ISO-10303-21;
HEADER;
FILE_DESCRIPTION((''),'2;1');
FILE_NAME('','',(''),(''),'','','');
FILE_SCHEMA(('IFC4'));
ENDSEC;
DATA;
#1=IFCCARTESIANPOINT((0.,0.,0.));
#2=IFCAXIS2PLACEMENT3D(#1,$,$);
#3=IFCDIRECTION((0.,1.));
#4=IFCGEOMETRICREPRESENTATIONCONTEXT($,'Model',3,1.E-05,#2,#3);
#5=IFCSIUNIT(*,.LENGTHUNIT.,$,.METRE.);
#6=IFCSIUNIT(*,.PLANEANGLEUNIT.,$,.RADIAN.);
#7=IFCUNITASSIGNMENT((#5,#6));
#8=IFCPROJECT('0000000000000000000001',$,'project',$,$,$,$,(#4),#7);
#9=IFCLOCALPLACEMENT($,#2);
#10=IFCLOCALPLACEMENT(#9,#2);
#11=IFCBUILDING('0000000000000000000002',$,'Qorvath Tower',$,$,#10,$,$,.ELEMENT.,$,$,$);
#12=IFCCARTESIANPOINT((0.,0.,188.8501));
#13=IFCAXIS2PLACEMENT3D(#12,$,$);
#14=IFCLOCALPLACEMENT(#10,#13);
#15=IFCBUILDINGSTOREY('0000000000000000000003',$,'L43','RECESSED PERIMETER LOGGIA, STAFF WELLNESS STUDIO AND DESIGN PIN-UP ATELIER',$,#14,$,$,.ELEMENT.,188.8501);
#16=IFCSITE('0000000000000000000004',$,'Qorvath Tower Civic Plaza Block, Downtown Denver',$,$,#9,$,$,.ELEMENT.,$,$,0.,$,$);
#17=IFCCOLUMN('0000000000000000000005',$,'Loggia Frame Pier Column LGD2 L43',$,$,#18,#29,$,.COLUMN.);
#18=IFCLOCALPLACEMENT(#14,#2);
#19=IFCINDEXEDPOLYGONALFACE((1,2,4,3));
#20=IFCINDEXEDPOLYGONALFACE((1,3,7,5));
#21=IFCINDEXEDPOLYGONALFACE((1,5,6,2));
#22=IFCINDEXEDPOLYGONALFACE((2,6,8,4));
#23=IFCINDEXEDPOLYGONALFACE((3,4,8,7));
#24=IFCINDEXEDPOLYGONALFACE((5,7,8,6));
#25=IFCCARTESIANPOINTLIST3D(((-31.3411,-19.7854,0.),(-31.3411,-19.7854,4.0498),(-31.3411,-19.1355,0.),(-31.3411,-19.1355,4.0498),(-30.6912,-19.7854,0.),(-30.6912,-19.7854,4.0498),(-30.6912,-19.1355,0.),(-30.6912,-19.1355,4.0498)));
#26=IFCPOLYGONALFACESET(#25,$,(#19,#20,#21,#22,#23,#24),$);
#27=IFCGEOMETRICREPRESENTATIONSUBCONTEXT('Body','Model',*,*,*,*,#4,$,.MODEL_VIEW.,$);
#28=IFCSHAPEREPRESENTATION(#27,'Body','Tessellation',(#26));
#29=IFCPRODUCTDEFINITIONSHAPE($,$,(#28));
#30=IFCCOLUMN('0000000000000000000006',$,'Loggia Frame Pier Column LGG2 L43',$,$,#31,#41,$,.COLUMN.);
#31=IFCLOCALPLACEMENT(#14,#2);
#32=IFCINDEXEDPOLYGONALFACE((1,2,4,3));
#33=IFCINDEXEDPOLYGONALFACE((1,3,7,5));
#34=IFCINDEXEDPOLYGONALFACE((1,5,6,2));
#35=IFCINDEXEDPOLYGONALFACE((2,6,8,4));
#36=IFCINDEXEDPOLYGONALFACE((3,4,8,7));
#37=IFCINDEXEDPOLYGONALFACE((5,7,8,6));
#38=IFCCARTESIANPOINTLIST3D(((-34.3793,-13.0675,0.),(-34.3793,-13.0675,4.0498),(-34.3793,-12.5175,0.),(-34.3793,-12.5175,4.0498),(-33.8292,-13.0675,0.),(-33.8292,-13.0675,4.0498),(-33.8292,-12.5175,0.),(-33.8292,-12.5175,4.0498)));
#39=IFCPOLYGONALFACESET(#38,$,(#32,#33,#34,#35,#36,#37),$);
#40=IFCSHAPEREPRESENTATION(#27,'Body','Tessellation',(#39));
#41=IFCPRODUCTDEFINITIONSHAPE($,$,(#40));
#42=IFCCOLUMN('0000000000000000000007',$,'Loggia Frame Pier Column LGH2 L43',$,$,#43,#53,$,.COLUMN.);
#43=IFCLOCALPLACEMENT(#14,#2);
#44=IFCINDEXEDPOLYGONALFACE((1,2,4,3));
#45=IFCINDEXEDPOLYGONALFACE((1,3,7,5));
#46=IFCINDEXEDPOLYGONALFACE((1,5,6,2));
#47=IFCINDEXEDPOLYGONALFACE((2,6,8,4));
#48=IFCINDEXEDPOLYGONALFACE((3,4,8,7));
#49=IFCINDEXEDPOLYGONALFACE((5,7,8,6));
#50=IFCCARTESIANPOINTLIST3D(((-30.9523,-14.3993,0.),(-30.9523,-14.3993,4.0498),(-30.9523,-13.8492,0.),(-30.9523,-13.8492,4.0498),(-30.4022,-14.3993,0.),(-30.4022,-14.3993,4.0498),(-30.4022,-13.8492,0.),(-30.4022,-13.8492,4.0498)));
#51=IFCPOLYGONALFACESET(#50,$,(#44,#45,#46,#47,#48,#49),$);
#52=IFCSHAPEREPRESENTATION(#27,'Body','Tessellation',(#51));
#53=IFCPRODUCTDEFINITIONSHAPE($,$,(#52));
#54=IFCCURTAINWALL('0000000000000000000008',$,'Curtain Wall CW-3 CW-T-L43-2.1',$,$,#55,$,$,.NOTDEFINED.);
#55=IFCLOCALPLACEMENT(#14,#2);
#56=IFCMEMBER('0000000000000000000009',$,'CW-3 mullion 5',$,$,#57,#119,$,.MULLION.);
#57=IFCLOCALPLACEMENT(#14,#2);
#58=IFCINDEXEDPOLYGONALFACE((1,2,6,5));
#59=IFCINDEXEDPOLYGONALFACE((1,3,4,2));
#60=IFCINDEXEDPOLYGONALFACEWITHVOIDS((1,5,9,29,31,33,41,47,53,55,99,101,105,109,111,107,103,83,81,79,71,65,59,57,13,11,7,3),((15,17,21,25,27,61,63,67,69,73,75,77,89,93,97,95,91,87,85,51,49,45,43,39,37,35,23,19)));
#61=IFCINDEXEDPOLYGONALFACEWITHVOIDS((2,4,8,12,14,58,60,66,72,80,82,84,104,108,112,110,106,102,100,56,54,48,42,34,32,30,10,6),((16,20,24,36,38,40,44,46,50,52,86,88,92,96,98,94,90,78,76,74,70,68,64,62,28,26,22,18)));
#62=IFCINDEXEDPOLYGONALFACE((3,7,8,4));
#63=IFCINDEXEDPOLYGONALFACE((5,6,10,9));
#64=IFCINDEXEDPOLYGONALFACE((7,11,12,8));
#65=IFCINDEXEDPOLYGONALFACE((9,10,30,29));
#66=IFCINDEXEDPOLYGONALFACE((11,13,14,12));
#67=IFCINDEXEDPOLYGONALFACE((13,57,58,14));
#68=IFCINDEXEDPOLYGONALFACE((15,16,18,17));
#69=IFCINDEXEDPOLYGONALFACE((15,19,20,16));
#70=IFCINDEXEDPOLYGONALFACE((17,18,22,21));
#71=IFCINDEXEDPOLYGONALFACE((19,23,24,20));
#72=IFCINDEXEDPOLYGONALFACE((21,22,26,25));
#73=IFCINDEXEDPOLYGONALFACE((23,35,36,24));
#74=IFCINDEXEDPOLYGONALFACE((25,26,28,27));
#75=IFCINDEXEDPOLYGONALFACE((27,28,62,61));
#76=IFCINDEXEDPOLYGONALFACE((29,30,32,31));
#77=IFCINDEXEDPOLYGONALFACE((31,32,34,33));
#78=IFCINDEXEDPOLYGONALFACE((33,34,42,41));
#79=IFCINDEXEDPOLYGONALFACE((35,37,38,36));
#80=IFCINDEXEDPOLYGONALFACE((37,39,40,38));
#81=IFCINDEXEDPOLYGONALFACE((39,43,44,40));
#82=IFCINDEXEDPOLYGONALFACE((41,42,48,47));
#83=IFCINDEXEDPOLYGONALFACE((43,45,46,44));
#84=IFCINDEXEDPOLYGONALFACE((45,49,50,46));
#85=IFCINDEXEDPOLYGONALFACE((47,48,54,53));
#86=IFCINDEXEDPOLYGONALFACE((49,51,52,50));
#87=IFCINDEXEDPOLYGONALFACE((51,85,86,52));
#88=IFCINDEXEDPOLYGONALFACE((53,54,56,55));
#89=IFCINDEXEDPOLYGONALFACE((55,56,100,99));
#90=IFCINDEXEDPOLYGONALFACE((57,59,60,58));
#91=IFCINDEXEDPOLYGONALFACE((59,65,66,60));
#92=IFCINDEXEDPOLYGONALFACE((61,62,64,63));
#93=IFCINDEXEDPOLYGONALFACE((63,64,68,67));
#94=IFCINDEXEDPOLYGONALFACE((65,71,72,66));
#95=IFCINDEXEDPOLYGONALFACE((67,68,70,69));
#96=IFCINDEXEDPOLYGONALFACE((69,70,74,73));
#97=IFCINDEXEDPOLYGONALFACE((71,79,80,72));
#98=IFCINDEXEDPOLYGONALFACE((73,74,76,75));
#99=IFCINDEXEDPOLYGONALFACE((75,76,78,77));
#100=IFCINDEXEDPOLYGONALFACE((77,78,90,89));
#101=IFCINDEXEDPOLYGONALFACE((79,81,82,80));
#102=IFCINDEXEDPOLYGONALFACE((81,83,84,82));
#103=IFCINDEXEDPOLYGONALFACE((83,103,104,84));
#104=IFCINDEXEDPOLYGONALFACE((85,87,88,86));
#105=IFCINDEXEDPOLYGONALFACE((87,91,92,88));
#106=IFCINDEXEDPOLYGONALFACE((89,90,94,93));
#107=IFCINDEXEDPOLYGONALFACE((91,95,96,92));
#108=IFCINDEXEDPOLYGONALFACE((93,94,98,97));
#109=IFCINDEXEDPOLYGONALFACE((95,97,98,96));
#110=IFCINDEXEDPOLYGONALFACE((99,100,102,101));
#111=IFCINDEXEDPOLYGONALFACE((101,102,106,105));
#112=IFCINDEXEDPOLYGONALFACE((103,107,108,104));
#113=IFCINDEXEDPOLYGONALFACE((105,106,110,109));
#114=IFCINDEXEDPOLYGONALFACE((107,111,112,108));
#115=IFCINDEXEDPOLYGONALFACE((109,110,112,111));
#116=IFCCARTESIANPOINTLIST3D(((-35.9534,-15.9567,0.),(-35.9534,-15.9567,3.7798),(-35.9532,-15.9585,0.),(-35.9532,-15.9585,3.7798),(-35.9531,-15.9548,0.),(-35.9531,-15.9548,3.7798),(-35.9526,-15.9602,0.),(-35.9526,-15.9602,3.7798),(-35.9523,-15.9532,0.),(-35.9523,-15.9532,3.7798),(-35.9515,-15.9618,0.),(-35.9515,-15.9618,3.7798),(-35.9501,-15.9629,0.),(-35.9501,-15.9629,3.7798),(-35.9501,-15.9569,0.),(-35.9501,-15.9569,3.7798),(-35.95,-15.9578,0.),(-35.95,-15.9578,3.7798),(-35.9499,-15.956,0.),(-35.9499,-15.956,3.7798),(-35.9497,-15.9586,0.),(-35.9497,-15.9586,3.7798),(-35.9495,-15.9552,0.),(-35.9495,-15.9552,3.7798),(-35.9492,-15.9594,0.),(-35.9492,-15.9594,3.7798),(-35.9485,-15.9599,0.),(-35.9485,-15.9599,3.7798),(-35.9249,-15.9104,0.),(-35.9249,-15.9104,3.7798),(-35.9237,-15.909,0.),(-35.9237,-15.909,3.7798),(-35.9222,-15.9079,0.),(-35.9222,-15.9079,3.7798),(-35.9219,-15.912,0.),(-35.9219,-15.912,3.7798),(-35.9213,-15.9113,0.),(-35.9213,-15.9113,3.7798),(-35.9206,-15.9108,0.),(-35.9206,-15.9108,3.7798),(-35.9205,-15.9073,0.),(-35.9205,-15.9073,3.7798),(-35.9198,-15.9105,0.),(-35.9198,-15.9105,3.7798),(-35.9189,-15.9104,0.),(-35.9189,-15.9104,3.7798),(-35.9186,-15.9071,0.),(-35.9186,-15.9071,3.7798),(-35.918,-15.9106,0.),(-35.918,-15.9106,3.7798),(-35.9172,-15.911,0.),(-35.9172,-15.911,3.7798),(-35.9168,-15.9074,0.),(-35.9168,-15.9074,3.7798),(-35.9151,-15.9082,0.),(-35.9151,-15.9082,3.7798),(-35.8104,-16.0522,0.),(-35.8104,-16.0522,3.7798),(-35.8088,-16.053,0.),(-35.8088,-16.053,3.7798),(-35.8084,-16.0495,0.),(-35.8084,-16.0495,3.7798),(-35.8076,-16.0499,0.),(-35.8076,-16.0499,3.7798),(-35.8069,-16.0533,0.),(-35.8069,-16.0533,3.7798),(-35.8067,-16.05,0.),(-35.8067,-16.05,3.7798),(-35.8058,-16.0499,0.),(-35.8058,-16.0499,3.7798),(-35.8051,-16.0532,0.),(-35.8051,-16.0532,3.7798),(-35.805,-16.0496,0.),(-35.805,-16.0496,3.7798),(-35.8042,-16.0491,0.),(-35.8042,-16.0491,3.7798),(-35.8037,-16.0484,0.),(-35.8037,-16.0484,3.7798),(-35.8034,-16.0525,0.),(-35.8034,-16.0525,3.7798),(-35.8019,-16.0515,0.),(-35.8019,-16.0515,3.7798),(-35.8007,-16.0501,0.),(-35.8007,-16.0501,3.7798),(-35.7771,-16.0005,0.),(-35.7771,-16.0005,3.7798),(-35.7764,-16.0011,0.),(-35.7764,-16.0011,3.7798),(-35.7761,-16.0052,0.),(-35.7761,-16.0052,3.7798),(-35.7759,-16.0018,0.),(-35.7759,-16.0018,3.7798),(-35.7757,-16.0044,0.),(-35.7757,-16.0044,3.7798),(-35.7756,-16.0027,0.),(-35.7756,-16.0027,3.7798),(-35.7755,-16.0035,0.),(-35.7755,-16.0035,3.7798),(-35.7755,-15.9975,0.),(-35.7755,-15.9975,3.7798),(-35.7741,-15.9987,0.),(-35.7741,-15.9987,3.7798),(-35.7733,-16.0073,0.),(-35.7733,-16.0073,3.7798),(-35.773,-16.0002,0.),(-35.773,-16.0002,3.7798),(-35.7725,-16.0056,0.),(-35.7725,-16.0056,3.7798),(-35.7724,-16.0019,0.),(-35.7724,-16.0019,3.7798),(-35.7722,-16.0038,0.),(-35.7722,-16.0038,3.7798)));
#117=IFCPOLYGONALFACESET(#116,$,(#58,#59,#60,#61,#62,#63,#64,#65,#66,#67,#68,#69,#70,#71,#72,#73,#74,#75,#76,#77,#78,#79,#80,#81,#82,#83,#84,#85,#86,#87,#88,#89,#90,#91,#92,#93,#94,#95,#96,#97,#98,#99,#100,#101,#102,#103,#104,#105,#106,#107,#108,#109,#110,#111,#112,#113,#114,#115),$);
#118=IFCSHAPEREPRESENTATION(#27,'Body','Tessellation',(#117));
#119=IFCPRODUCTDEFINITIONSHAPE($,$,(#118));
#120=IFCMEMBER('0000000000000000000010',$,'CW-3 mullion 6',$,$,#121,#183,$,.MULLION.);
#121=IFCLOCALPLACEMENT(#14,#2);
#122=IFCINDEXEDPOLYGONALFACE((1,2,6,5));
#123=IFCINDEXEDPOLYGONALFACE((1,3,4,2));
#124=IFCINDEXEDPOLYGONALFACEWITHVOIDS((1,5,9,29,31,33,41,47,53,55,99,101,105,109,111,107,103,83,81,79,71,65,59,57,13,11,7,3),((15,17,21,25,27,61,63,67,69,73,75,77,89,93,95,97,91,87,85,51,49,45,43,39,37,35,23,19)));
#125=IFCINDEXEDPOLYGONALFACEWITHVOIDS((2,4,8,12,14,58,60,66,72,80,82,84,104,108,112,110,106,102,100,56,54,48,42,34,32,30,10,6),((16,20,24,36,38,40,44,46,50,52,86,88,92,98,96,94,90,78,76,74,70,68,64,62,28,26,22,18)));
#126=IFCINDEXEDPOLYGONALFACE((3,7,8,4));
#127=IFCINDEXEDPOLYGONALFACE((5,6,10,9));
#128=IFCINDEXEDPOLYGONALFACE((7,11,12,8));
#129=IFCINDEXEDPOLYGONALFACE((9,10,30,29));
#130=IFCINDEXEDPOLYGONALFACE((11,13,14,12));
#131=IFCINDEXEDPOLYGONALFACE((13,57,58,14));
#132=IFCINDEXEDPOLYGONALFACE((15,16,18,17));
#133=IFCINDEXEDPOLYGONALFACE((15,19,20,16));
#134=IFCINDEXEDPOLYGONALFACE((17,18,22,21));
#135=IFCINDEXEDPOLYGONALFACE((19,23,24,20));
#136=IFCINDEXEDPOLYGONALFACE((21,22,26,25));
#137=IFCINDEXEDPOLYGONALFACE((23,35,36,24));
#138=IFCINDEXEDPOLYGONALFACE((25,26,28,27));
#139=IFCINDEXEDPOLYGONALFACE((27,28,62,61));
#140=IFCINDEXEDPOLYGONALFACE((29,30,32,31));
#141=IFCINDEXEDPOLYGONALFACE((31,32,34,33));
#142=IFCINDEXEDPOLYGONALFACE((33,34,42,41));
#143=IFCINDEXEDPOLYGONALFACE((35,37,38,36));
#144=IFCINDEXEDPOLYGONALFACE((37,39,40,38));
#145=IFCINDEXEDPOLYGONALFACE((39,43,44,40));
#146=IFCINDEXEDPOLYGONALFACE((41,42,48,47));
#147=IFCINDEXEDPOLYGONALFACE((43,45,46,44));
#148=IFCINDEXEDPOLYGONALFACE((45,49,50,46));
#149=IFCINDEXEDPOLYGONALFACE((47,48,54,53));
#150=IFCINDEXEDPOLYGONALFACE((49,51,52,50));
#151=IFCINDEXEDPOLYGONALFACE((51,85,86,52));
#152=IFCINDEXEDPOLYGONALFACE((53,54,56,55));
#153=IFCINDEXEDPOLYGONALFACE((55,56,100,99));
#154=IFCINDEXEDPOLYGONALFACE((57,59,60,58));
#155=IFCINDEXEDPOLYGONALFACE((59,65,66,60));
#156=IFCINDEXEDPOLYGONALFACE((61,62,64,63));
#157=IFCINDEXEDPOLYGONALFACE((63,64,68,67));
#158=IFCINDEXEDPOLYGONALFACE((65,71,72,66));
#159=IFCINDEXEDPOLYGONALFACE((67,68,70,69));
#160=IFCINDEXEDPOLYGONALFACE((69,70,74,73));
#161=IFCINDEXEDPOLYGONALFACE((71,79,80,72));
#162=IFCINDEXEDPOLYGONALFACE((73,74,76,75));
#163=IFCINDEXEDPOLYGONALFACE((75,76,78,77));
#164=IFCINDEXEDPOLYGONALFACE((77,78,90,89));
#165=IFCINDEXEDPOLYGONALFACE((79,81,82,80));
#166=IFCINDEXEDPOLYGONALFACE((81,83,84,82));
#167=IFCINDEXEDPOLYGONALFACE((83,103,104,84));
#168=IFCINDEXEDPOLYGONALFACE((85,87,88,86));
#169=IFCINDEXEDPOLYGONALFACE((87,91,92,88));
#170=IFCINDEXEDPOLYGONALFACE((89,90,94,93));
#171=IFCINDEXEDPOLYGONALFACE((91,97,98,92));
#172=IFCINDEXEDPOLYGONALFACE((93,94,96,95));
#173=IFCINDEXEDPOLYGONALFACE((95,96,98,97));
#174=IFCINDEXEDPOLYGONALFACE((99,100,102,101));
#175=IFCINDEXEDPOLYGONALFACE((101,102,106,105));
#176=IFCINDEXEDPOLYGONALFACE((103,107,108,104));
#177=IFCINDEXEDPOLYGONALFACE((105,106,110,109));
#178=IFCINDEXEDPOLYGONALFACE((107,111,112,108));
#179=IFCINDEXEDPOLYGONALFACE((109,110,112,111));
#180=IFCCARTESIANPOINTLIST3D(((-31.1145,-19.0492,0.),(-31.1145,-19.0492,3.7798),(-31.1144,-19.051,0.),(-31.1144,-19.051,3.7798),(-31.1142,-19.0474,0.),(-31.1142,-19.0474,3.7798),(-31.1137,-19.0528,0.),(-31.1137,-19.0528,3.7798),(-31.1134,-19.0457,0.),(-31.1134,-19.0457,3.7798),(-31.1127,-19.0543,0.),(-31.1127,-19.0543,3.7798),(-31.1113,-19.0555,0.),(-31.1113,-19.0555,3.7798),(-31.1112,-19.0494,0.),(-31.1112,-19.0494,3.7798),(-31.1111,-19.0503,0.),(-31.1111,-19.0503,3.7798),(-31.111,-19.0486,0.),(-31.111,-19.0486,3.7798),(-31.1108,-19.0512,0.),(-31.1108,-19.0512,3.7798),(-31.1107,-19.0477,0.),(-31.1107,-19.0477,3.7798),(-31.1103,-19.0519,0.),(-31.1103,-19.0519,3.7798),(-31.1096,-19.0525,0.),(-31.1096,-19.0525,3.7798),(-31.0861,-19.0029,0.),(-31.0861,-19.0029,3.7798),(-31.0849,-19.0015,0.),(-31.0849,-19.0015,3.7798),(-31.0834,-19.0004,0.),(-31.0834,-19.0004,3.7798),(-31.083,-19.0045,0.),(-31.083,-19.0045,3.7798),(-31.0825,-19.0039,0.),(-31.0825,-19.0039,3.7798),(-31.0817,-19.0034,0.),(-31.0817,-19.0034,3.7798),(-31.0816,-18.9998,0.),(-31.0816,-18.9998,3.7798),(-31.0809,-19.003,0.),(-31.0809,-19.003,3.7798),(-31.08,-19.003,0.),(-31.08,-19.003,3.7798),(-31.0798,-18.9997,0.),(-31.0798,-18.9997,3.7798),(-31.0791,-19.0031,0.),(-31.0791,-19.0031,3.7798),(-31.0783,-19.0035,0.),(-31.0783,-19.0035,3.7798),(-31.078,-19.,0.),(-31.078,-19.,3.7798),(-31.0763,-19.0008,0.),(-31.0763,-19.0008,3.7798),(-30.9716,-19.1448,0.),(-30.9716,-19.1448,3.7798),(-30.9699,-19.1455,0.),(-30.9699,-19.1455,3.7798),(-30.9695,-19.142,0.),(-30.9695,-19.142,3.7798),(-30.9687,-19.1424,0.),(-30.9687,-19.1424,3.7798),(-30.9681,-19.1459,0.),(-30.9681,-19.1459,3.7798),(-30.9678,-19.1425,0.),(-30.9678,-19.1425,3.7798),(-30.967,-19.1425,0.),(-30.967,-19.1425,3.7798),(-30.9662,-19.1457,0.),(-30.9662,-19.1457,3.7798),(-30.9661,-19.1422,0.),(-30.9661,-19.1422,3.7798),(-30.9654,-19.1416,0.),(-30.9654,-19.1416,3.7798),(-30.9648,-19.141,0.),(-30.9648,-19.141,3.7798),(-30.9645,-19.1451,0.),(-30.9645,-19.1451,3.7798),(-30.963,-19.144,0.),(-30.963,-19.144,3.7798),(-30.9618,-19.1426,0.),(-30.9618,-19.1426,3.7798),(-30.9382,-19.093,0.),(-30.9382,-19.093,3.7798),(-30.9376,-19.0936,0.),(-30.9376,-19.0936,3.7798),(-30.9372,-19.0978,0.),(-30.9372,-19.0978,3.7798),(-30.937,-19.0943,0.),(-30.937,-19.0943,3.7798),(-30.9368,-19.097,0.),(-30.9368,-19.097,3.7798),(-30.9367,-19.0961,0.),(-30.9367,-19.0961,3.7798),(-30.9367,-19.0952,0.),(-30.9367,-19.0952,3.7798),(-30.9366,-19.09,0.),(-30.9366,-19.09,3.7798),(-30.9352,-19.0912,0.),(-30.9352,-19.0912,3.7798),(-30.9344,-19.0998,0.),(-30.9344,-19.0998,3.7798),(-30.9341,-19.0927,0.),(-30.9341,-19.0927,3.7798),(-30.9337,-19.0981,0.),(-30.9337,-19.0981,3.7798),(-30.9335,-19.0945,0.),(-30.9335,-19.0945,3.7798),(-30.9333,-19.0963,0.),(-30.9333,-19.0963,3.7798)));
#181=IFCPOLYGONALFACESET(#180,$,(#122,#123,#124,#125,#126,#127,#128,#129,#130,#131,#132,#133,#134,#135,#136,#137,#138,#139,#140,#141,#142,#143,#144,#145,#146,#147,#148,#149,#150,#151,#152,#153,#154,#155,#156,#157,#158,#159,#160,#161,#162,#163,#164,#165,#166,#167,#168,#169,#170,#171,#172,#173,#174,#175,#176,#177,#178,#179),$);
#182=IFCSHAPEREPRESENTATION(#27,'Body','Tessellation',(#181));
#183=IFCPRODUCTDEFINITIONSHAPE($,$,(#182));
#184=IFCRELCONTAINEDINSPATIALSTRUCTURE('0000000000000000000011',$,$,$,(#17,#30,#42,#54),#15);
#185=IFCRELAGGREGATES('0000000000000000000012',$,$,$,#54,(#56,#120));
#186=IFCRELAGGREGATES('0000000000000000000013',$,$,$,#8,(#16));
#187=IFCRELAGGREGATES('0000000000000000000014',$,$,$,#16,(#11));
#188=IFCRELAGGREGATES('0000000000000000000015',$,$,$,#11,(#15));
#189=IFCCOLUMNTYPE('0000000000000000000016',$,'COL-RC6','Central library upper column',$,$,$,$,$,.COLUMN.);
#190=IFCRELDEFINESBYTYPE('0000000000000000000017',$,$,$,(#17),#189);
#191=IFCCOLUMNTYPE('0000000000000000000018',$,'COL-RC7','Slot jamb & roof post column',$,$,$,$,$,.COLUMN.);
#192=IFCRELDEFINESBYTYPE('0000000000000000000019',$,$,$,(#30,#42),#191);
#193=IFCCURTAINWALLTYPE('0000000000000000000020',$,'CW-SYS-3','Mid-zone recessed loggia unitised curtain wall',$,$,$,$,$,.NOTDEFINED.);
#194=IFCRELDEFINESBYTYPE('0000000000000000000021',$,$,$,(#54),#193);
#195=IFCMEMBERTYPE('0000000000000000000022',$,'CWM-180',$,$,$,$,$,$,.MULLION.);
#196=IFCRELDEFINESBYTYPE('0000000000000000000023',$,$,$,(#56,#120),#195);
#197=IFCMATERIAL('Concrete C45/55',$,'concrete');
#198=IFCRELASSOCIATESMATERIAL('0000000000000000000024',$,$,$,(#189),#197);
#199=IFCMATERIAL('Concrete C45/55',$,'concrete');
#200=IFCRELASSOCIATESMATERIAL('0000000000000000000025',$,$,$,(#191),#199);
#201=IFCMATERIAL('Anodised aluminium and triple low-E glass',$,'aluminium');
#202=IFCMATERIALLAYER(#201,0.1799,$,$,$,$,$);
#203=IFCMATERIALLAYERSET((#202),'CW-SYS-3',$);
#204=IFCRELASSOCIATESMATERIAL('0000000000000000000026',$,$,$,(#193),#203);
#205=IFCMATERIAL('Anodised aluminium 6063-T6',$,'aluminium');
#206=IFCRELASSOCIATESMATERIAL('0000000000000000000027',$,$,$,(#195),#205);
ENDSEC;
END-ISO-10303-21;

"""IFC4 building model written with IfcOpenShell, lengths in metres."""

from ifc_helpers import new_model, si_unit, direction, frame, origin, origin_2d, place, context, subcontext, project, spatial, rectangle, hollow_rectangle, extrude, material, layer, layer_set, material_profile, profile_set, type_object, element, aggregate, save


model = new_model("IFC4")

# Units and contexts
model_context = context("Model", 3, precision=1e-05, world=origin(), true_north=direction((0.0, 1.0)))
body_context = subcontext(model_context, "Body", "Model", "MODEL_VIEW")
ifc_project = project(units=[si_unit("LENGTHUNIT", "METRE"), si_unit("PLANEANGLEUNIT", "RADIAN")], contexts=[model_context])

# Site, building, storey
site_placement = place(None, origin())
site = spatial("IfcSite", under=ifc_project, at=site_placement, Name="Qorvath Tower Civic Plaza Block, Downtown Denver", CompositionType="ELEMENT", RefElevation=0.0)
building_placement = place(site_placement, origin())
building = spatial("IfcBuilding", under=site, at=building_placement, Name="Qorvath Tower", CompositionType="ELEMENT")
storey_placement = place(building_placement, frame((0.0, 0.0, 188.8501)))
storey = spatial("IfcBuildingStorey", under=building, at=storey_placement, Name="L43", Description="RECESSED PERIMETER LOGGIA, STAFF WELLNESS STUDIO AND DESIGN PIN-UP ATELIER", CompositionType="ELEMENT", Elevation=188.8501)

# Columns
ifc_material_1 = material(Name="Concrete C45/55", Category="concrete")
ifc_material_profile_1 = material_profile(ifc_material_1, rectangle(XDim=0.6499, YDim=0.6499, at=origin_2d()), Name="RC 650x650")
ifc_profile_set_1 = profile_set([ifc_material_profile_1], Name="Concrete C45/55")
column_type_1 = type_object("IfcColumnType", Name="COL-RC6", Description="Central library upper column", PredefinedType="COLUMN", material=ifc_profile_set_1)
column_placement = place(storey_placement, frame((-31.0161, -19.4604, 0.0), z_axis=(0.0, 0.0, 1.0), x_axis=(1.0, 0.0, 0.0)))
element("IfcColumn", 1, at=column_placement, inside=storey, type_object=column_type_1, Name="Loggia Frame Pier Column LGD2 L43", PredefinedType="COLUMN", context=body_context, shape_type="SweptSolid", body=[
    extrude(rectangle(XDim=0.6499, YDim=0.6499, at=origin_2d()), origin(), (0.0, 0.0, 1.0), 4.0498),
])
ifc_material_2 = material(Name="Concrete C45/55", Category="concrete")
ifc_material_profile_2 = material_profile(ifc_material_2, rectangle(XDim=0.55, YDim=0.55, at=origin_2d()), Name="RC 550x550")
ifc_profile_set_2 = profile_set([ifc_material_profile_2], Name="Concrete C45/55")
column_type_2 = type_object("IfcColumnType", Name="COL-RC7", Description="Slot jamb & roof post column", PredefinedType="COLUMN", material=ifc_profile_set_2)
for number, where, z_axis, x_axis, name in (
    (2, (-34.1042, -12.7925, 0.0), (0.0, 0.0, 1.0), (1.0, 0.0, 0.0), "Loggia Frame Pier Column LGG2 L43"),
    (3, (-30.6772, -14.1243, 0.0), (0.0, 0.0, 1.0), (1.0, 0.0, 0.0), "Loggia Frame Pier Column LGH2 L43"),
):
    element("IfcColumn", number, at=place(storey_placement, frame(where, z_axis=z_axis, x_axis=x_axis)), inside=storey, type_object=column_type_2, Name=name, PredefinedType="COLUMN", context=body_context, shape_type="SweptSolid", body=[
        extrude(rectangle(XDim=0.55, YDim=0.55, at=origin_2d()), origin(), (0.0, 0.0, 1.0), 4.0498),
    ])

# Curtain wall, members
ifc_material_3 = material(Name="Anodised aluminium and triple low-E glass", Category="aluminium")
ifc_layer_1 = layer(ifc_material_3, 0.1799)
ifc_layer_set_1 = layer_set([ifc_layer_1], Name="CW-SYS-3")
curtain_wall_type = type_object("IfcCurtainWallType", Name="CW-SYS-3", Description="Mid-zone recessed loggia unitised curtain wall", PredefinedType="NOTDEFINED", material=ifc_layer_set_1)
curtain_wall_1_placement = place(storey_placement, origin())
curtain_wall_1 = element("IfcCurtainWall", 4, at=curtain_wall_1_placement, inside=storey, type_object=curtain_wall_type, Name="Curtain Wall CW-3 CW-T-L43-2.1", PredefinedType="NOTDEFINED")
ifc_material_4 = material(Name="Anodised aluminium 6063-T6", Category="aluminium")
ifc_material_profile_3 = material_profile(ifc_material_4, hollow_rectangle(XDim=0.0649, YDim=0.1799, WallThickness=0.0034, InnerFilletRadius=0.0034, OuterFilletRadius=0.0071, at=origin_2d()), Name="CWM 180x65")
ifc_profile_set_3 = profile_set([ifc_material_profile_3], Name="Anodised aluminium 6063-T6")
member_type_1 = type_object("IfcMemberType", Name="CWM-180", PredefinedType="MULLION", material=ifc_profile_set_3)
member_1_placement = place(storey_placement, frame((-35.8628, -15.9802, 0.0), z_axis=(0.0, 0.0, 1.0), x_axis=(0.53853, 0.842607, 0.0)))
member_1 = element("IfcMember", 5, at=member_1_placement, type_object=member_type_1, Name="CW-3 mullion 5", PredefinedType="MULLION", context=body_context, shape_type="SweptSolid", body=[
    extrude(hollow_rectangle(XDim=0.0649, YDim=0.1799, WallThickness=0.0034, InnerFilletRadius=0.0034, OuterFilletRadius=0.0071, at=origin_2d()), origin(), (0.0, 0.0, 1.0), 3.7798),
])
member_2_placement = place(storey_placement, frame((-31.0239, -19.0728, 0.0), z_axis=(0.0, 0.0, 1.0), x_axis=(0.53853, 0.842607, 0.0)))
member_2 = element("IfcMember", 6, at=member_2_placement, type_object=member_type_1, Name="CW-3 mullion 6", PredefinedType="MULLION", context=body_context, shape_type="SweptSolid", body=[
    extrude(hollow_rectangle(XDim=0.0649, YDim=0.1799, WallThickness=0.0034, InnerFilletRadius=0.0034, OuterFilletRadius=0.0071, at=origin_2d()), origin(), (0.0, 0.0, 1.0), 3.7798),
])

aggregate(curtain_wall_1, [member_1, member_2])

save(model, "model.ifc")
